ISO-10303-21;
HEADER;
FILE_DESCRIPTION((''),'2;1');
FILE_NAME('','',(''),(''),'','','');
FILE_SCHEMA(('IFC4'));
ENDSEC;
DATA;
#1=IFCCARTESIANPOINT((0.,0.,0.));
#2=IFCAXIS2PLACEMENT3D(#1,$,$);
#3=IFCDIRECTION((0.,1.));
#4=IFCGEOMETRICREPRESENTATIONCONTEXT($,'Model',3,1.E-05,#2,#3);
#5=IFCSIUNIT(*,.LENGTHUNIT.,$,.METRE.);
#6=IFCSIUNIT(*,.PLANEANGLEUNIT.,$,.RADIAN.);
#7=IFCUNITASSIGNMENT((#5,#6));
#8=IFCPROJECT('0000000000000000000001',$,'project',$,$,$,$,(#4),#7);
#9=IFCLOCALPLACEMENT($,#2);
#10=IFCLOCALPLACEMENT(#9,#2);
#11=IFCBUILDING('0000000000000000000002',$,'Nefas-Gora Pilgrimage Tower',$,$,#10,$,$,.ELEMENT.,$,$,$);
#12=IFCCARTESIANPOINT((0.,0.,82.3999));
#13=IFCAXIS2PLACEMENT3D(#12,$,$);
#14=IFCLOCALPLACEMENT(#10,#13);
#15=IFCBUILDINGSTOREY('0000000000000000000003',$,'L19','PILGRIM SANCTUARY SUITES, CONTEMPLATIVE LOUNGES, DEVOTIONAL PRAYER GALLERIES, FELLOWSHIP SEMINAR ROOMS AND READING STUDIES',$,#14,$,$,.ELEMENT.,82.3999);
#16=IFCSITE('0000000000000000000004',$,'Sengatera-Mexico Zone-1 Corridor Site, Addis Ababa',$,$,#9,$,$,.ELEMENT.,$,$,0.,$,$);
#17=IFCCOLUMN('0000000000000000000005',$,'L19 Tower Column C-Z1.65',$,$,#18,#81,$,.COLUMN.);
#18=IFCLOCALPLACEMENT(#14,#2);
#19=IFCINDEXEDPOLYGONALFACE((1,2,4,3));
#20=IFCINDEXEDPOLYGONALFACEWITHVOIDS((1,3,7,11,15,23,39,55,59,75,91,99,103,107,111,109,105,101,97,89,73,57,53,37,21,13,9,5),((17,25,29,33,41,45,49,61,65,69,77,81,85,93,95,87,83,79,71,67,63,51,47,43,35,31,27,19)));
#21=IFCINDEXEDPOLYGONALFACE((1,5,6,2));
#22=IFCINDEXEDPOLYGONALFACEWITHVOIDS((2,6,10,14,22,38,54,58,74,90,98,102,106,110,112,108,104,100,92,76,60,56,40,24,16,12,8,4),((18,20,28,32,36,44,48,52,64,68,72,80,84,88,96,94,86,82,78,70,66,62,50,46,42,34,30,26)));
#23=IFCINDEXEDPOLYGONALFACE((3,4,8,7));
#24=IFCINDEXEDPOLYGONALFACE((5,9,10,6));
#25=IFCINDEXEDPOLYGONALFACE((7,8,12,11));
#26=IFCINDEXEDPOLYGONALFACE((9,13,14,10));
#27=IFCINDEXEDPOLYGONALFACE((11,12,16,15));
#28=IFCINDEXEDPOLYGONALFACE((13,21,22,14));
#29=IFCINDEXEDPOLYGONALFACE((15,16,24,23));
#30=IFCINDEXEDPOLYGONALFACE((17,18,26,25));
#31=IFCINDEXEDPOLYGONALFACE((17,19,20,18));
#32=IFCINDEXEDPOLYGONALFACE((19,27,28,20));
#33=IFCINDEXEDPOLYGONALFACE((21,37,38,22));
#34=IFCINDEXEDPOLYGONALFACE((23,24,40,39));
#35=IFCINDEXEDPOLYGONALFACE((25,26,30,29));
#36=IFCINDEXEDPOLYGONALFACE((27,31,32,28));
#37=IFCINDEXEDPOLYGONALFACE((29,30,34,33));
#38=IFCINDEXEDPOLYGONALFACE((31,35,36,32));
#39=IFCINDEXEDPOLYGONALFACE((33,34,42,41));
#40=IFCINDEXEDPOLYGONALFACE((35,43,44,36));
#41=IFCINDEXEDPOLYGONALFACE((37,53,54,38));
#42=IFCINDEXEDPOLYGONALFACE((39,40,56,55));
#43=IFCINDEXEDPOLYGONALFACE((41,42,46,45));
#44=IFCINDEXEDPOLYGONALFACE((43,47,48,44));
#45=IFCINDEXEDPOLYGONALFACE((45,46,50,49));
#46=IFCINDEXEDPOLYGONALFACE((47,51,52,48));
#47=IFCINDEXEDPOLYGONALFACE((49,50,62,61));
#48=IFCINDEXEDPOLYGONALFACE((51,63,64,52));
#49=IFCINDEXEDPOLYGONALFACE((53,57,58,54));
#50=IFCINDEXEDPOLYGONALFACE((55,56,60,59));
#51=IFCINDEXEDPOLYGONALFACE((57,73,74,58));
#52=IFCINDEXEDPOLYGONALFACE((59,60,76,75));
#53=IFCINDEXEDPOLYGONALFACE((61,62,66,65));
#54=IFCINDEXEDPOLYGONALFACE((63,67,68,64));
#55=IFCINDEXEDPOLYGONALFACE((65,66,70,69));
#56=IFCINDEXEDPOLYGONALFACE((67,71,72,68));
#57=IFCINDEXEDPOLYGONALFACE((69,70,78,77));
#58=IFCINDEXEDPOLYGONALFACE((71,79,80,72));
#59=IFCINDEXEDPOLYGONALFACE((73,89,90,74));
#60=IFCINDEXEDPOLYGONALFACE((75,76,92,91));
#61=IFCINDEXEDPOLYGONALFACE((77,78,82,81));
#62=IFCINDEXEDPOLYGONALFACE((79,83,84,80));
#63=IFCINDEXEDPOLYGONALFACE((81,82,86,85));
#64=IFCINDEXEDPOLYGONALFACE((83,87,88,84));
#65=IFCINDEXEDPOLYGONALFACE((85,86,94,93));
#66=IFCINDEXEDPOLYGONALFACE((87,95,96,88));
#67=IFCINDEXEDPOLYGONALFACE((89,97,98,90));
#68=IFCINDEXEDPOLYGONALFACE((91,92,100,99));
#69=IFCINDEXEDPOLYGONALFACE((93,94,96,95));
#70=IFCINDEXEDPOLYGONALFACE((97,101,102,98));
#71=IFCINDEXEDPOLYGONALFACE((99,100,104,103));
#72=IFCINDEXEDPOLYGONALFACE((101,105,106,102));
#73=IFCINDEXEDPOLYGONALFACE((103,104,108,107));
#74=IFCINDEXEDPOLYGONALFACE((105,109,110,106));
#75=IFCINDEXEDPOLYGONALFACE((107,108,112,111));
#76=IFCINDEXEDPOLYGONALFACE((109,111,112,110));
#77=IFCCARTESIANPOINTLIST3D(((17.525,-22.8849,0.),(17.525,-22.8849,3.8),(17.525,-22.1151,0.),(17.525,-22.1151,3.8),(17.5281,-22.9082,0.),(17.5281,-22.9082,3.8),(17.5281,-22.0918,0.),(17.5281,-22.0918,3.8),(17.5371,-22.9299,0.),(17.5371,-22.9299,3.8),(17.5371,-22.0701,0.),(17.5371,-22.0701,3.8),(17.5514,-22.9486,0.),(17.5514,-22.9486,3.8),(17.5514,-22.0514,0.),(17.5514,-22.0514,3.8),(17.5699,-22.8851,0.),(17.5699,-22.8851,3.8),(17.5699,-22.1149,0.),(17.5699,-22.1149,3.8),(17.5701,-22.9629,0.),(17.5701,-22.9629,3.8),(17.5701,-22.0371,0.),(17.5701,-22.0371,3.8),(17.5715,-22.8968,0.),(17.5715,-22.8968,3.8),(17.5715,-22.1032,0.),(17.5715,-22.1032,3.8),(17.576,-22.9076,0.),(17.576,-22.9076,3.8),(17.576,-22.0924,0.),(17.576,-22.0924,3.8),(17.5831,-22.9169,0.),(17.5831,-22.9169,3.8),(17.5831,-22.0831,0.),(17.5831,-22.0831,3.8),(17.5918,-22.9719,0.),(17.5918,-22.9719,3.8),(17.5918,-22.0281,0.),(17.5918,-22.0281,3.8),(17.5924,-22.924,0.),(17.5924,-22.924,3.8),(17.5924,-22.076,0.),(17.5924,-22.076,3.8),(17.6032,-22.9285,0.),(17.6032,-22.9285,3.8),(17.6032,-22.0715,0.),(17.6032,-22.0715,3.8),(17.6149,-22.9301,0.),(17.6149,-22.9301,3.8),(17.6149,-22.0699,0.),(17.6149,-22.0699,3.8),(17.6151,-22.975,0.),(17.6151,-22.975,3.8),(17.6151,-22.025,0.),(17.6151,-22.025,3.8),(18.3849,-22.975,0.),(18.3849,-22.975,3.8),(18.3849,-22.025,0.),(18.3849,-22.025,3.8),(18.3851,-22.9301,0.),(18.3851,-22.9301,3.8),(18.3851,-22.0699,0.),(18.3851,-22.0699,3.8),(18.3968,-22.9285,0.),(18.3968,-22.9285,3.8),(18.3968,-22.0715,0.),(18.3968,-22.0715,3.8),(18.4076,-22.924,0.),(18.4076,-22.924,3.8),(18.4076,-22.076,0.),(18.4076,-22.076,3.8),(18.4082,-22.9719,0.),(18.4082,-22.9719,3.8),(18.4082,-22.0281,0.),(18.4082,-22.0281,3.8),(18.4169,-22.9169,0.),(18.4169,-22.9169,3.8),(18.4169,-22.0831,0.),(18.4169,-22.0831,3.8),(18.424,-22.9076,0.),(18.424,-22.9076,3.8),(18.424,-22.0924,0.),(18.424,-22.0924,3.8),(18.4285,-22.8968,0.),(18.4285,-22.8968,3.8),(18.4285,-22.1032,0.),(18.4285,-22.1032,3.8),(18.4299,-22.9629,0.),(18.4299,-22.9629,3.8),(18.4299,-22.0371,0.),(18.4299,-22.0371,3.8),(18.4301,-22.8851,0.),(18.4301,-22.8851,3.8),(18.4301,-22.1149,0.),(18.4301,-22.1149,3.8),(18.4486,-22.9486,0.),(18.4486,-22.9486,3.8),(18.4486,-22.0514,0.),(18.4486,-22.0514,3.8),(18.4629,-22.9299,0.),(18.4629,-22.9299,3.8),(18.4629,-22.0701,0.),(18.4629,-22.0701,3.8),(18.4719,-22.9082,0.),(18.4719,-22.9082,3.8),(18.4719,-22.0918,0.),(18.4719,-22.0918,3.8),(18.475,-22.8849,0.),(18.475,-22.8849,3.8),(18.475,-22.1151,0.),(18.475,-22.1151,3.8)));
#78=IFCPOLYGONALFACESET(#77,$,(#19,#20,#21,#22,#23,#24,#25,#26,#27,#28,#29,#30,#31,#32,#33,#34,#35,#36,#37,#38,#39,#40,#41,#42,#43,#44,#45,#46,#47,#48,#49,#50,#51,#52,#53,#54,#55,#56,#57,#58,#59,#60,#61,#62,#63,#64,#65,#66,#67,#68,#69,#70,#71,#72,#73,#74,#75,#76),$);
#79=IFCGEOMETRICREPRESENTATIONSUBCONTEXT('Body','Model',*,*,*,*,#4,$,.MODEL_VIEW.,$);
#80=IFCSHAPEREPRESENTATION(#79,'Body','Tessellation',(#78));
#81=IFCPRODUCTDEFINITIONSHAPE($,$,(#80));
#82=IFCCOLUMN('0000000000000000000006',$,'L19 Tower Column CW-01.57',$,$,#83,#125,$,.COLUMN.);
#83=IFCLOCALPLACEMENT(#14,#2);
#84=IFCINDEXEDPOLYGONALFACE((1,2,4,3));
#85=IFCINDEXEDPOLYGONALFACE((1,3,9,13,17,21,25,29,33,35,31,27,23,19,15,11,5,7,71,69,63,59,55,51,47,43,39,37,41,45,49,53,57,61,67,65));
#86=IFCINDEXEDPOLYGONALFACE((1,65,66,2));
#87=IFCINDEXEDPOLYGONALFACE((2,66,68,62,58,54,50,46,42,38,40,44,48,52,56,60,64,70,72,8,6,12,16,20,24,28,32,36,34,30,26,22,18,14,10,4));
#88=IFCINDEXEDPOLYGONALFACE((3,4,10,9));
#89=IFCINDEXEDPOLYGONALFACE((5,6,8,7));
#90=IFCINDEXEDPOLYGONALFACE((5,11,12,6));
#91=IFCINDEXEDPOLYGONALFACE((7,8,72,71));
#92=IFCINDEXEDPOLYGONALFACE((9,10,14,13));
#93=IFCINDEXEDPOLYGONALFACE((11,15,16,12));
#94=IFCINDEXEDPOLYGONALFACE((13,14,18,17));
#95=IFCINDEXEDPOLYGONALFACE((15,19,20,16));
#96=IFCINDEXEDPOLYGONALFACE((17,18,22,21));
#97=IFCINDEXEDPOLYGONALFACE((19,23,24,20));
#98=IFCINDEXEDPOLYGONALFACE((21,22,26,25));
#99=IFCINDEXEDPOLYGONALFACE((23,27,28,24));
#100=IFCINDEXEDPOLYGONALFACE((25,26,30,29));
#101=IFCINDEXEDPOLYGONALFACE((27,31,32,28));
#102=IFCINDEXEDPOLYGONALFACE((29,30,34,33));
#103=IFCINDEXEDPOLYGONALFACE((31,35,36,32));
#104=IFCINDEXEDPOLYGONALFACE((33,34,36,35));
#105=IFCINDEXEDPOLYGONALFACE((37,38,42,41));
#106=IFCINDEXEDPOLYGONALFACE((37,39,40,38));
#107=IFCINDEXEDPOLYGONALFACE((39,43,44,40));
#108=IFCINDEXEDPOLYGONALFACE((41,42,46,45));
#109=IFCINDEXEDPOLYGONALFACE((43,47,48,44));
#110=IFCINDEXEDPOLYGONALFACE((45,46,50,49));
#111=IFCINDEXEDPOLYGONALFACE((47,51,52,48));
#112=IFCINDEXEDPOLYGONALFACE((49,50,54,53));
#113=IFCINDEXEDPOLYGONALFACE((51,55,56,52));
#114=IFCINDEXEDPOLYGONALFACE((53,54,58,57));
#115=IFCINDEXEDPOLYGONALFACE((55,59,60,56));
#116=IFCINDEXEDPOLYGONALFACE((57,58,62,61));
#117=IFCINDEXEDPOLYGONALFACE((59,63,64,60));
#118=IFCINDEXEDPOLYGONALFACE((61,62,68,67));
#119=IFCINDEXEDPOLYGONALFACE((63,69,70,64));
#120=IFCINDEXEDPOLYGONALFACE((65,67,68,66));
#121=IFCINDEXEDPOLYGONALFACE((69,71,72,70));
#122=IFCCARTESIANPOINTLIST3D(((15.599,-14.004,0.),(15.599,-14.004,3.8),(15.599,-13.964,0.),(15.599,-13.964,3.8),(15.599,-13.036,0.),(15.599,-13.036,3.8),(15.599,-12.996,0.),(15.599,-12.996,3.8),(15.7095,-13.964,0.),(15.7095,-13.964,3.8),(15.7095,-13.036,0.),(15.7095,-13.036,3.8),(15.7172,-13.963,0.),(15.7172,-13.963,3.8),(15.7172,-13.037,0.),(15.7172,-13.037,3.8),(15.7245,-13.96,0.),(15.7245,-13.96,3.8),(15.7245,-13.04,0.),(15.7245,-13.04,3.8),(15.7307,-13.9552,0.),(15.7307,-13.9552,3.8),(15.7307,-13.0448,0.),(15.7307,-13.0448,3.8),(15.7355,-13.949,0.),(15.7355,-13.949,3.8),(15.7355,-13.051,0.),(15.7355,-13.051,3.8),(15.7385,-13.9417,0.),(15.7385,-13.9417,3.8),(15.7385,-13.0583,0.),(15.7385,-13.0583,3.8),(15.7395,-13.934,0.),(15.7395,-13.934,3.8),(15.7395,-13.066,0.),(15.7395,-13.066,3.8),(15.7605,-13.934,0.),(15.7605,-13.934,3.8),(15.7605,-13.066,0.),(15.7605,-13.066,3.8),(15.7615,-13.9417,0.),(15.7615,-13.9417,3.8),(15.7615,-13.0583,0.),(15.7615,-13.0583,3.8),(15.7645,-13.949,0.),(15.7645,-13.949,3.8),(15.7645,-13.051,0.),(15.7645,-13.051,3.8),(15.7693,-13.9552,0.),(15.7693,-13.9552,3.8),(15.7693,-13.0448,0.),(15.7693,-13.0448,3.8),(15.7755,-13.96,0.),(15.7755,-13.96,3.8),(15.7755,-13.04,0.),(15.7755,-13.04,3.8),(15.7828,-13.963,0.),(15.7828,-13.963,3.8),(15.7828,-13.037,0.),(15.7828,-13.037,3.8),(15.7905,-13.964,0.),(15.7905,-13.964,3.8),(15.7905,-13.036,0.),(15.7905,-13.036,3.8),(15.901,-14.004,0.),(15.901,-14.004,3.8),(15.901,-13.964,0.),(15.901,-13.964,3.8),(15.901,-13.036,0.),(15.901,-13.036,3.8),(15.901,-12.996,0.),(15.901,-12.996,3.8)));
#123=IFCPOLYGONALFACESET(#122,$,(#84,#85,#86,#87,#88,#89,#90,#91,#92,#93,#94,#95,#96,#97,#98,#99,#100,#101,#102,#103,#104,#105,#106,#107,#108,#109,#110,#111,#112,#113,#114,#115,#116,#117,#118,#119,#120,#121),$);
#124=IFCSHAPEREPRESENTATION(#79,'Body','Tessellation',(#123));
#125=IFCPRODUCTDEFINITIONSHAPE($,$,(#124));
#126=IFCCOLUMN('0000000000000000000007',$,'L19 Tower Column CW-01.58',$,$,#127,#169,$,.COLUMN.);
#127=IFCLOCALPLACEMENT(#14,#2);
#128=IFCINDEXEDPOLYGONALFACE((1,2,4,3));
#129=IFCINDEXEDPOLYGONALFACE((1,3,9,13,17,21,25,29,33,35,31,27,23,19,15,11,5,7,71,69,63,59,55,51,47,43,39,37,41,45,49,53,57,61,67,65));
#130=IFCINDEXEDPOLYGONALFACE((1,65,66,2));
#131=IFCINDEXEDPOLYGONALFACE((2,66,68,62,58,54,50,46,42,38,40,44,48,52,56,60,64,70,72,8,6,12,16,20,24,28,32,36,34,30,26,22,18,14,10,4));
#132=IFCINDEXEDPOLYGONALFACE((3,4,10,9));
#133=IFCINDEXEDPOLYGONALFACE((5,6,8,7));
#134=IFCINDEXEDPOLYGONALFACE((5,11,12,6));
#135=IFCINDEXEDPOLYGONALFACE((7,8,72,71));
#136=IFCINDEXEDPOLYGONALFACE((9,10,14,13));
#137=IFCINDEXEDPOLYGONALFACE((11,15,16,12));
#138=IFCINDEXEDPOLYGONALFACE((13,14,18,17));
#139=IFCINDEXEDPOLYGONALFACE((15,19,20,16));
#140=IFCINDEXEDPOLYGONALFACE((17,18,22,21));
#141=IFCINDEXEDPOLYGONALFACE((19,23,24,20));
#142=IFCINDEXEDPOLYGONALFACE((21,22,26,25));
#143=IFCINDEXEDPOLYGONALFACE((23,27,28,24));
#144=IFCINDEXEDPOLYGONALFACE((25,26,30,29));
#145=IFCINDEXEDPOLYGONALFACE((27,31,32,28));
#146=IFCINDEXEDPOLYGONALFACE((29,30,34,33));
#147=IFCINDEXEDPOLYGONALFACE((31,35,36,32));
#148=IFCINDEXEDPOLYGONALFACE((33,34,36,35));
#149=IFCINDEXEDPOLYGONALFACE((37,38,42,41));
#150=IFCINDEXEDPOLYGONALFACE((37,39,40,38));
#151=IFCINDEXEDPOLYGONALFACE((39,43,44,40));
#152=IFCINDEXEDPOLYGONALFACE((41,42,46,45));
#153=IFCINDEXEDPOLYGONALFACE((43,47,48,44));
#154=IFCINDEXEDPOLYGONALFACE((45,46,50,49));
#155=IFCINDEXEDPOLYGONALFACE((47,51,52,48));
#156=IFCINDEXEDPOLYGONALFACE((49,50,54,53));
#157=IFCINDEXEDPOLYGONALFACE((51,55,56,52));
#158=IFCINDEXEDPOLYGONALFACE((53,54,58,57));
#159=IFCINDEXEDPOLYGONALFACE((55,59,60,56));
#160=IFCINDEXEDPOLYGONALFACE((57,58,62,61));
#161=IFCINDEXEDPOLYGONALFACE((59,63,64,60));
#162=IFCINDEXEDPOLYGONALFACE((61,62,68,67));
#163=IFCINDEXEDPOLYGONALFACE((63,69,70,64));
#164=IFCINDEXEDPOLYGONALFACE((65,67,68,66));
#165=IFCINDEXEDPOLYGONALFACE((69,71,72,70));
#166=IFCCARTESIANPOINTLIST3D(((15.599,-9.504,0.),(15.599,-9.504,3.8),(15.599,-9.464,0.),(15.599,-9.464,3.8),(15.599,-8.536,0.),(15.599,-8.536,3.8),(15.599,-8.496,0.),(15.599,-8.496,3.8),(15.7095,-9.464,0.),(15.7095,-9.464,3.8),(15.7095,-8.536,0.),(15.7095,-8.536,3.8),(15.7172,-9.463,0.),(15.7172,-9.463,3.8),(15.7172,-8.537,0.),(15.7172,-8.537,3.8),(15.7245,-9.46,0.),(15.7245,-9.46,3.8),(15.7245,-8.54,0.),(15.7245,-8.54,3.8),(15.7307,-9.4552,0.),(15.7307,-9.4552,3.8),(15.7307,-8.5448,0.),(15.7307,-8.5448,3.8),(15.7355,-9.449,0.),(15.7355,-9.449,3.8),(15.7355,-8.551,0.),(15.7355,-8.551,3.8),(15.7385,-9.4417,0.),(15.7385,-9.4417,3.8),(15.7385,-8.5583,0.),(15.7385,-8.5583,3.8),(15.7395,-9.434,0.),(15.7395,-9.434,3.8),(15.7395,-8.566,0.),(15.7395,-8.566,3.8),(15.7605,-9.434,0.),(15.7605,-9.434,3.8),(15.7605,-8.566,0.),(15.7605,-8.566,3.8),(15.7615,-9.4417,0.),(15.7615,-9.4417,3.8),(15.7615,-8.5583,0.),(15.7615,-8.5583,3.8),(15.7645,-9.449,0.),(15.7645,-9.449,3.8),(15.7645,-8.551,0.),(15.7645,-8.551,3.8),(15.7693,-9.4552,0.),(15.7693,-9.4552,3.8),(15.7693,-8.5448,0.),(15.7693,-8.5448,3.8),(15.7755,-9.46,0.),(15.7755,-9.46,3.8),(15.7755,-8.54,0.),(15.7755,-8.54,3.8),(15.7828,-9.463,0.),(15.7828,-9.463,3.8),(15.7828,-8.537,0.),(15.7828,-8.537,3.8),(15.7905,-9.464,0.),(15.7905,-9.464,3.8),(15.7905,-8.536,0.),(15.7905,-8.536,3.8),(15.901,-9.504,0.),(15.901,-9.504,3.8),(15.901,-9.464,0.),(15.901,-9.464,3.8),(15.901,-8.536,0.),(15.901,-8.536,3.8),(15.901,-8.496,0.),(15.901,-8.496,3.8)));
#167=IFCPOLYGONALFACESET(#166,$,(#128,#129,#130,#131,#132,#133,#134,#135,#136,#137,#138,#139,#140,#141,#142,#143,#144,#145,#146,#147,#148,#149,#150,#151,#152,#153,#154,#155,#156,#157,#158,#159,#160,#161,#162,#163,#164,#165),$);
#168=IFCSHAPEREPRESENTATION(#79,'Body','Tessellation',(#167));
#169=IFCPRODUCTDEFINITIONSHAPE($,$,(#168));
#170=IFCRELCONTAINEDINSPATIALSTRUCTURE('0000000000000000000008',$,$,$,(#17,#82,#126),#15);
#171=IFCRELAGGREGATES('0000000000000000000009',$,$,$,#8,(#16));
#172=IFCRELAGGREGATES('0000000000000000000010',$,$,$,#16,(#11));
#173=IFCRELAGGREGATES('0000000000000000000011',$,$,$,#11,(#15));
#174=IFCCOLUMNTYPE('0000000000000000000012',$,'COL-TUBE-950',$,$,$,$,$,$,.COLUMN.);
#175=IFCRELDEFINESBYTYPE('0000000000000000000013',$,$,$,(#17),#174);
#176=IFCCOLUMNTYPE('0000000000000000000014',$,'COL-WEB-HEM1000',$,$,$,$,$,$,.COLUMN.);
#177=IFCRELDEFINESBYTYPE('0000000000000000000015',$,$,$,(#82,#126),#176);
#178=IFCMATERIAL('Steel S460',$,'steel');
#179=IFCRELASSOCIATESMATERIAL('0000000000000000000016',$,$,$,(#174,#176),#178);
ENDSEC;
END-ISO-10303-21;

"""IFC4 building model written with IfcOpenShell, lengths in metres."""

from ifc_helpers import new_model, si_unit, direction, frame, origin, origin_2d, place, context, subcontext, project, spatial, hollow_rectangle, i_section, extrude, source, transform, mapped, material, material_profile, profile_set, type_object, element, save


model = new_model("IFC4")

# Units and contexts
model_context = context("Model", 3, precision=1e-05, world=origin(), true_north=direction((0.0, 1.0)))
body_context = subcontext(model_context, "Body", "Model", "MODEL_VIEW")
ifc_project = project(units=[si_unit("LENGTHUNIT", "METRE"), si_unit("PLANEANGLEUNIT", "RADIAN")], contexts=[model_context])

# Site, building, storey
site_placement = place(None, origin())
site = spatial("IfcSite", under=ifc_project, at=site_placement, Name="Sengatera-Mexico Zone-1 Corridor Site, Addis Ababa", CompositionType="ELEMENT", RefElevation=0.0)
building_placement = place(site_placement, origin())
building = spatial("IfcBuilding", under=site, at=building_placement, Name="Nefas-Gora Pilgrimage Tower", CompositionType="ELEMENT")
storey_placement = place(building_placement, frame((0.0, 0.0, 82.3999)))
storey = spatial("IfcBuildingStorey", under=building, at=storey_placement, Name="L19", Description="PILGRIM SANCTUARY SUITES, CONTEMPLATIVE LOUNGES, DEVOTIONAL PRAYER GALLERIES, FELLOWSHIP SEMINAR ROOMS AND READING STUDIES", CompositionType="ELEMENT", Elevation=82.3999)

# Columns
ifc_material_1 = material(Name="Steel S460", Category="steel")
ifc_material_profile_1 = material_profile(ifc_material_1, hollow_rectangle(XDim=0.95, YDim=0.95, WallThickness=0.0449, InnerFilletRadius=0.0449, OuterFilletRadius=0.0901, at=origin_2d()), Name="BOX 950x950x45")
ifc_profile_set_1 = profile_set([ifc_material_profile_1], Name="Steel S460")
column_type_1 = type_object("IfcColumnType", Name="COL-TUBE-950", PredefinedType="COLUMN", material=ifc_profile_set_1)
shared_shape_1 = source(origin(), body_context, "Body", "SweptSolid", [
    extrude(hollow_rectangle(XDim=0.95, YDim=0.95, WallThickness=0.0449, InnerFilletRadius=0.0449, OuterFilletRadius=0.0901, at=origin_2d()), origin(), (0.0, 0.0, 1.0), 3.8),
])
column_placement = place(storey_placement, frame((18.0, -22.5, 0.0), z_axis=(0.0, 0.0, 1.0), x_axis=(1.0, 0.0, 0.0)))
element("IfcColumn", 1, at=column_placement, inside=storey, type_object=column_type_1, Name="L19 Tower Column C-Z1.65", PredefinedType="COLUMN", context=body_context, shape_type="MappedRepresentation", body=[
    mapped(shared_shape_1, transform((0.0, 0.0, 0.0), x_axis=(1.0, 0.0, 0.0), y_axis=(0.0, 1.0, 0.0), z_axis=(0.0, 0.0, 1.0), scale=1.0)),
])
ifc_material_profile_2 = material_profile(ifc_material_1, i_section(OverallWidth=0.302, OverallDepth=1.0081, WebThickness=0.021, FlangeThickness=0.04, FilletRadius=0.03, at=origin_2d()), Name="HEM 1000")
ifc_profile_set_2 = profile_set([ifc_material_profile_2], Name="Steel S460")
column_type_2 = type_object("IfcColumnType", Name="COL-WEB-HEM1000", PredefinedType="COLUMN", material=ifc_profile_set_2)
shared_shape_2 = source(origin(), body_context, "Body", "SweptSolid", [
    extrude(i_section(OverallWidth=0.302, OverallDepth=1.0081, WebThickness=0.021, FlangeThickness=0.04, FilletRadius=0.03, at=origin_2d()), origin(), (0.0, 0.0, 1.0), 3.8),
])
for number, where, z_axis, x_axis, name in (
    (2, (15.75, -13.5, 0.0), (0.0, 0.0, 1.0), (1.0, 0.0, 0.0), "L19 Tower Column CW-01.57"),
    (3, (15.75, -9.0, 0.0), (0.0, 0.0, 1.0), (1.0, 0.0, 0.0), "L19 Tower Column CW-01.58"),
):
    element("IfcColumn", number, at=place(storey_placement, frame(where, z_axis=z_axis, x_axis=x_axis)), inside=storey, type_object=column_type_2, Name=name, PredefinedType="COLUMN", context=body_context, shape_type="MappedRepresentation", body=[
        mapped(shared_shape_2, transform((0.0, 0.0, 0.0), x_axis=(1.0, 0.0, 0.0), y_axis=(0.0, 1.0, 0.0), z_axis=(0.0, 0.0, 1.0), scale=1.0)),
    ])

save(model, "model.ifc")
